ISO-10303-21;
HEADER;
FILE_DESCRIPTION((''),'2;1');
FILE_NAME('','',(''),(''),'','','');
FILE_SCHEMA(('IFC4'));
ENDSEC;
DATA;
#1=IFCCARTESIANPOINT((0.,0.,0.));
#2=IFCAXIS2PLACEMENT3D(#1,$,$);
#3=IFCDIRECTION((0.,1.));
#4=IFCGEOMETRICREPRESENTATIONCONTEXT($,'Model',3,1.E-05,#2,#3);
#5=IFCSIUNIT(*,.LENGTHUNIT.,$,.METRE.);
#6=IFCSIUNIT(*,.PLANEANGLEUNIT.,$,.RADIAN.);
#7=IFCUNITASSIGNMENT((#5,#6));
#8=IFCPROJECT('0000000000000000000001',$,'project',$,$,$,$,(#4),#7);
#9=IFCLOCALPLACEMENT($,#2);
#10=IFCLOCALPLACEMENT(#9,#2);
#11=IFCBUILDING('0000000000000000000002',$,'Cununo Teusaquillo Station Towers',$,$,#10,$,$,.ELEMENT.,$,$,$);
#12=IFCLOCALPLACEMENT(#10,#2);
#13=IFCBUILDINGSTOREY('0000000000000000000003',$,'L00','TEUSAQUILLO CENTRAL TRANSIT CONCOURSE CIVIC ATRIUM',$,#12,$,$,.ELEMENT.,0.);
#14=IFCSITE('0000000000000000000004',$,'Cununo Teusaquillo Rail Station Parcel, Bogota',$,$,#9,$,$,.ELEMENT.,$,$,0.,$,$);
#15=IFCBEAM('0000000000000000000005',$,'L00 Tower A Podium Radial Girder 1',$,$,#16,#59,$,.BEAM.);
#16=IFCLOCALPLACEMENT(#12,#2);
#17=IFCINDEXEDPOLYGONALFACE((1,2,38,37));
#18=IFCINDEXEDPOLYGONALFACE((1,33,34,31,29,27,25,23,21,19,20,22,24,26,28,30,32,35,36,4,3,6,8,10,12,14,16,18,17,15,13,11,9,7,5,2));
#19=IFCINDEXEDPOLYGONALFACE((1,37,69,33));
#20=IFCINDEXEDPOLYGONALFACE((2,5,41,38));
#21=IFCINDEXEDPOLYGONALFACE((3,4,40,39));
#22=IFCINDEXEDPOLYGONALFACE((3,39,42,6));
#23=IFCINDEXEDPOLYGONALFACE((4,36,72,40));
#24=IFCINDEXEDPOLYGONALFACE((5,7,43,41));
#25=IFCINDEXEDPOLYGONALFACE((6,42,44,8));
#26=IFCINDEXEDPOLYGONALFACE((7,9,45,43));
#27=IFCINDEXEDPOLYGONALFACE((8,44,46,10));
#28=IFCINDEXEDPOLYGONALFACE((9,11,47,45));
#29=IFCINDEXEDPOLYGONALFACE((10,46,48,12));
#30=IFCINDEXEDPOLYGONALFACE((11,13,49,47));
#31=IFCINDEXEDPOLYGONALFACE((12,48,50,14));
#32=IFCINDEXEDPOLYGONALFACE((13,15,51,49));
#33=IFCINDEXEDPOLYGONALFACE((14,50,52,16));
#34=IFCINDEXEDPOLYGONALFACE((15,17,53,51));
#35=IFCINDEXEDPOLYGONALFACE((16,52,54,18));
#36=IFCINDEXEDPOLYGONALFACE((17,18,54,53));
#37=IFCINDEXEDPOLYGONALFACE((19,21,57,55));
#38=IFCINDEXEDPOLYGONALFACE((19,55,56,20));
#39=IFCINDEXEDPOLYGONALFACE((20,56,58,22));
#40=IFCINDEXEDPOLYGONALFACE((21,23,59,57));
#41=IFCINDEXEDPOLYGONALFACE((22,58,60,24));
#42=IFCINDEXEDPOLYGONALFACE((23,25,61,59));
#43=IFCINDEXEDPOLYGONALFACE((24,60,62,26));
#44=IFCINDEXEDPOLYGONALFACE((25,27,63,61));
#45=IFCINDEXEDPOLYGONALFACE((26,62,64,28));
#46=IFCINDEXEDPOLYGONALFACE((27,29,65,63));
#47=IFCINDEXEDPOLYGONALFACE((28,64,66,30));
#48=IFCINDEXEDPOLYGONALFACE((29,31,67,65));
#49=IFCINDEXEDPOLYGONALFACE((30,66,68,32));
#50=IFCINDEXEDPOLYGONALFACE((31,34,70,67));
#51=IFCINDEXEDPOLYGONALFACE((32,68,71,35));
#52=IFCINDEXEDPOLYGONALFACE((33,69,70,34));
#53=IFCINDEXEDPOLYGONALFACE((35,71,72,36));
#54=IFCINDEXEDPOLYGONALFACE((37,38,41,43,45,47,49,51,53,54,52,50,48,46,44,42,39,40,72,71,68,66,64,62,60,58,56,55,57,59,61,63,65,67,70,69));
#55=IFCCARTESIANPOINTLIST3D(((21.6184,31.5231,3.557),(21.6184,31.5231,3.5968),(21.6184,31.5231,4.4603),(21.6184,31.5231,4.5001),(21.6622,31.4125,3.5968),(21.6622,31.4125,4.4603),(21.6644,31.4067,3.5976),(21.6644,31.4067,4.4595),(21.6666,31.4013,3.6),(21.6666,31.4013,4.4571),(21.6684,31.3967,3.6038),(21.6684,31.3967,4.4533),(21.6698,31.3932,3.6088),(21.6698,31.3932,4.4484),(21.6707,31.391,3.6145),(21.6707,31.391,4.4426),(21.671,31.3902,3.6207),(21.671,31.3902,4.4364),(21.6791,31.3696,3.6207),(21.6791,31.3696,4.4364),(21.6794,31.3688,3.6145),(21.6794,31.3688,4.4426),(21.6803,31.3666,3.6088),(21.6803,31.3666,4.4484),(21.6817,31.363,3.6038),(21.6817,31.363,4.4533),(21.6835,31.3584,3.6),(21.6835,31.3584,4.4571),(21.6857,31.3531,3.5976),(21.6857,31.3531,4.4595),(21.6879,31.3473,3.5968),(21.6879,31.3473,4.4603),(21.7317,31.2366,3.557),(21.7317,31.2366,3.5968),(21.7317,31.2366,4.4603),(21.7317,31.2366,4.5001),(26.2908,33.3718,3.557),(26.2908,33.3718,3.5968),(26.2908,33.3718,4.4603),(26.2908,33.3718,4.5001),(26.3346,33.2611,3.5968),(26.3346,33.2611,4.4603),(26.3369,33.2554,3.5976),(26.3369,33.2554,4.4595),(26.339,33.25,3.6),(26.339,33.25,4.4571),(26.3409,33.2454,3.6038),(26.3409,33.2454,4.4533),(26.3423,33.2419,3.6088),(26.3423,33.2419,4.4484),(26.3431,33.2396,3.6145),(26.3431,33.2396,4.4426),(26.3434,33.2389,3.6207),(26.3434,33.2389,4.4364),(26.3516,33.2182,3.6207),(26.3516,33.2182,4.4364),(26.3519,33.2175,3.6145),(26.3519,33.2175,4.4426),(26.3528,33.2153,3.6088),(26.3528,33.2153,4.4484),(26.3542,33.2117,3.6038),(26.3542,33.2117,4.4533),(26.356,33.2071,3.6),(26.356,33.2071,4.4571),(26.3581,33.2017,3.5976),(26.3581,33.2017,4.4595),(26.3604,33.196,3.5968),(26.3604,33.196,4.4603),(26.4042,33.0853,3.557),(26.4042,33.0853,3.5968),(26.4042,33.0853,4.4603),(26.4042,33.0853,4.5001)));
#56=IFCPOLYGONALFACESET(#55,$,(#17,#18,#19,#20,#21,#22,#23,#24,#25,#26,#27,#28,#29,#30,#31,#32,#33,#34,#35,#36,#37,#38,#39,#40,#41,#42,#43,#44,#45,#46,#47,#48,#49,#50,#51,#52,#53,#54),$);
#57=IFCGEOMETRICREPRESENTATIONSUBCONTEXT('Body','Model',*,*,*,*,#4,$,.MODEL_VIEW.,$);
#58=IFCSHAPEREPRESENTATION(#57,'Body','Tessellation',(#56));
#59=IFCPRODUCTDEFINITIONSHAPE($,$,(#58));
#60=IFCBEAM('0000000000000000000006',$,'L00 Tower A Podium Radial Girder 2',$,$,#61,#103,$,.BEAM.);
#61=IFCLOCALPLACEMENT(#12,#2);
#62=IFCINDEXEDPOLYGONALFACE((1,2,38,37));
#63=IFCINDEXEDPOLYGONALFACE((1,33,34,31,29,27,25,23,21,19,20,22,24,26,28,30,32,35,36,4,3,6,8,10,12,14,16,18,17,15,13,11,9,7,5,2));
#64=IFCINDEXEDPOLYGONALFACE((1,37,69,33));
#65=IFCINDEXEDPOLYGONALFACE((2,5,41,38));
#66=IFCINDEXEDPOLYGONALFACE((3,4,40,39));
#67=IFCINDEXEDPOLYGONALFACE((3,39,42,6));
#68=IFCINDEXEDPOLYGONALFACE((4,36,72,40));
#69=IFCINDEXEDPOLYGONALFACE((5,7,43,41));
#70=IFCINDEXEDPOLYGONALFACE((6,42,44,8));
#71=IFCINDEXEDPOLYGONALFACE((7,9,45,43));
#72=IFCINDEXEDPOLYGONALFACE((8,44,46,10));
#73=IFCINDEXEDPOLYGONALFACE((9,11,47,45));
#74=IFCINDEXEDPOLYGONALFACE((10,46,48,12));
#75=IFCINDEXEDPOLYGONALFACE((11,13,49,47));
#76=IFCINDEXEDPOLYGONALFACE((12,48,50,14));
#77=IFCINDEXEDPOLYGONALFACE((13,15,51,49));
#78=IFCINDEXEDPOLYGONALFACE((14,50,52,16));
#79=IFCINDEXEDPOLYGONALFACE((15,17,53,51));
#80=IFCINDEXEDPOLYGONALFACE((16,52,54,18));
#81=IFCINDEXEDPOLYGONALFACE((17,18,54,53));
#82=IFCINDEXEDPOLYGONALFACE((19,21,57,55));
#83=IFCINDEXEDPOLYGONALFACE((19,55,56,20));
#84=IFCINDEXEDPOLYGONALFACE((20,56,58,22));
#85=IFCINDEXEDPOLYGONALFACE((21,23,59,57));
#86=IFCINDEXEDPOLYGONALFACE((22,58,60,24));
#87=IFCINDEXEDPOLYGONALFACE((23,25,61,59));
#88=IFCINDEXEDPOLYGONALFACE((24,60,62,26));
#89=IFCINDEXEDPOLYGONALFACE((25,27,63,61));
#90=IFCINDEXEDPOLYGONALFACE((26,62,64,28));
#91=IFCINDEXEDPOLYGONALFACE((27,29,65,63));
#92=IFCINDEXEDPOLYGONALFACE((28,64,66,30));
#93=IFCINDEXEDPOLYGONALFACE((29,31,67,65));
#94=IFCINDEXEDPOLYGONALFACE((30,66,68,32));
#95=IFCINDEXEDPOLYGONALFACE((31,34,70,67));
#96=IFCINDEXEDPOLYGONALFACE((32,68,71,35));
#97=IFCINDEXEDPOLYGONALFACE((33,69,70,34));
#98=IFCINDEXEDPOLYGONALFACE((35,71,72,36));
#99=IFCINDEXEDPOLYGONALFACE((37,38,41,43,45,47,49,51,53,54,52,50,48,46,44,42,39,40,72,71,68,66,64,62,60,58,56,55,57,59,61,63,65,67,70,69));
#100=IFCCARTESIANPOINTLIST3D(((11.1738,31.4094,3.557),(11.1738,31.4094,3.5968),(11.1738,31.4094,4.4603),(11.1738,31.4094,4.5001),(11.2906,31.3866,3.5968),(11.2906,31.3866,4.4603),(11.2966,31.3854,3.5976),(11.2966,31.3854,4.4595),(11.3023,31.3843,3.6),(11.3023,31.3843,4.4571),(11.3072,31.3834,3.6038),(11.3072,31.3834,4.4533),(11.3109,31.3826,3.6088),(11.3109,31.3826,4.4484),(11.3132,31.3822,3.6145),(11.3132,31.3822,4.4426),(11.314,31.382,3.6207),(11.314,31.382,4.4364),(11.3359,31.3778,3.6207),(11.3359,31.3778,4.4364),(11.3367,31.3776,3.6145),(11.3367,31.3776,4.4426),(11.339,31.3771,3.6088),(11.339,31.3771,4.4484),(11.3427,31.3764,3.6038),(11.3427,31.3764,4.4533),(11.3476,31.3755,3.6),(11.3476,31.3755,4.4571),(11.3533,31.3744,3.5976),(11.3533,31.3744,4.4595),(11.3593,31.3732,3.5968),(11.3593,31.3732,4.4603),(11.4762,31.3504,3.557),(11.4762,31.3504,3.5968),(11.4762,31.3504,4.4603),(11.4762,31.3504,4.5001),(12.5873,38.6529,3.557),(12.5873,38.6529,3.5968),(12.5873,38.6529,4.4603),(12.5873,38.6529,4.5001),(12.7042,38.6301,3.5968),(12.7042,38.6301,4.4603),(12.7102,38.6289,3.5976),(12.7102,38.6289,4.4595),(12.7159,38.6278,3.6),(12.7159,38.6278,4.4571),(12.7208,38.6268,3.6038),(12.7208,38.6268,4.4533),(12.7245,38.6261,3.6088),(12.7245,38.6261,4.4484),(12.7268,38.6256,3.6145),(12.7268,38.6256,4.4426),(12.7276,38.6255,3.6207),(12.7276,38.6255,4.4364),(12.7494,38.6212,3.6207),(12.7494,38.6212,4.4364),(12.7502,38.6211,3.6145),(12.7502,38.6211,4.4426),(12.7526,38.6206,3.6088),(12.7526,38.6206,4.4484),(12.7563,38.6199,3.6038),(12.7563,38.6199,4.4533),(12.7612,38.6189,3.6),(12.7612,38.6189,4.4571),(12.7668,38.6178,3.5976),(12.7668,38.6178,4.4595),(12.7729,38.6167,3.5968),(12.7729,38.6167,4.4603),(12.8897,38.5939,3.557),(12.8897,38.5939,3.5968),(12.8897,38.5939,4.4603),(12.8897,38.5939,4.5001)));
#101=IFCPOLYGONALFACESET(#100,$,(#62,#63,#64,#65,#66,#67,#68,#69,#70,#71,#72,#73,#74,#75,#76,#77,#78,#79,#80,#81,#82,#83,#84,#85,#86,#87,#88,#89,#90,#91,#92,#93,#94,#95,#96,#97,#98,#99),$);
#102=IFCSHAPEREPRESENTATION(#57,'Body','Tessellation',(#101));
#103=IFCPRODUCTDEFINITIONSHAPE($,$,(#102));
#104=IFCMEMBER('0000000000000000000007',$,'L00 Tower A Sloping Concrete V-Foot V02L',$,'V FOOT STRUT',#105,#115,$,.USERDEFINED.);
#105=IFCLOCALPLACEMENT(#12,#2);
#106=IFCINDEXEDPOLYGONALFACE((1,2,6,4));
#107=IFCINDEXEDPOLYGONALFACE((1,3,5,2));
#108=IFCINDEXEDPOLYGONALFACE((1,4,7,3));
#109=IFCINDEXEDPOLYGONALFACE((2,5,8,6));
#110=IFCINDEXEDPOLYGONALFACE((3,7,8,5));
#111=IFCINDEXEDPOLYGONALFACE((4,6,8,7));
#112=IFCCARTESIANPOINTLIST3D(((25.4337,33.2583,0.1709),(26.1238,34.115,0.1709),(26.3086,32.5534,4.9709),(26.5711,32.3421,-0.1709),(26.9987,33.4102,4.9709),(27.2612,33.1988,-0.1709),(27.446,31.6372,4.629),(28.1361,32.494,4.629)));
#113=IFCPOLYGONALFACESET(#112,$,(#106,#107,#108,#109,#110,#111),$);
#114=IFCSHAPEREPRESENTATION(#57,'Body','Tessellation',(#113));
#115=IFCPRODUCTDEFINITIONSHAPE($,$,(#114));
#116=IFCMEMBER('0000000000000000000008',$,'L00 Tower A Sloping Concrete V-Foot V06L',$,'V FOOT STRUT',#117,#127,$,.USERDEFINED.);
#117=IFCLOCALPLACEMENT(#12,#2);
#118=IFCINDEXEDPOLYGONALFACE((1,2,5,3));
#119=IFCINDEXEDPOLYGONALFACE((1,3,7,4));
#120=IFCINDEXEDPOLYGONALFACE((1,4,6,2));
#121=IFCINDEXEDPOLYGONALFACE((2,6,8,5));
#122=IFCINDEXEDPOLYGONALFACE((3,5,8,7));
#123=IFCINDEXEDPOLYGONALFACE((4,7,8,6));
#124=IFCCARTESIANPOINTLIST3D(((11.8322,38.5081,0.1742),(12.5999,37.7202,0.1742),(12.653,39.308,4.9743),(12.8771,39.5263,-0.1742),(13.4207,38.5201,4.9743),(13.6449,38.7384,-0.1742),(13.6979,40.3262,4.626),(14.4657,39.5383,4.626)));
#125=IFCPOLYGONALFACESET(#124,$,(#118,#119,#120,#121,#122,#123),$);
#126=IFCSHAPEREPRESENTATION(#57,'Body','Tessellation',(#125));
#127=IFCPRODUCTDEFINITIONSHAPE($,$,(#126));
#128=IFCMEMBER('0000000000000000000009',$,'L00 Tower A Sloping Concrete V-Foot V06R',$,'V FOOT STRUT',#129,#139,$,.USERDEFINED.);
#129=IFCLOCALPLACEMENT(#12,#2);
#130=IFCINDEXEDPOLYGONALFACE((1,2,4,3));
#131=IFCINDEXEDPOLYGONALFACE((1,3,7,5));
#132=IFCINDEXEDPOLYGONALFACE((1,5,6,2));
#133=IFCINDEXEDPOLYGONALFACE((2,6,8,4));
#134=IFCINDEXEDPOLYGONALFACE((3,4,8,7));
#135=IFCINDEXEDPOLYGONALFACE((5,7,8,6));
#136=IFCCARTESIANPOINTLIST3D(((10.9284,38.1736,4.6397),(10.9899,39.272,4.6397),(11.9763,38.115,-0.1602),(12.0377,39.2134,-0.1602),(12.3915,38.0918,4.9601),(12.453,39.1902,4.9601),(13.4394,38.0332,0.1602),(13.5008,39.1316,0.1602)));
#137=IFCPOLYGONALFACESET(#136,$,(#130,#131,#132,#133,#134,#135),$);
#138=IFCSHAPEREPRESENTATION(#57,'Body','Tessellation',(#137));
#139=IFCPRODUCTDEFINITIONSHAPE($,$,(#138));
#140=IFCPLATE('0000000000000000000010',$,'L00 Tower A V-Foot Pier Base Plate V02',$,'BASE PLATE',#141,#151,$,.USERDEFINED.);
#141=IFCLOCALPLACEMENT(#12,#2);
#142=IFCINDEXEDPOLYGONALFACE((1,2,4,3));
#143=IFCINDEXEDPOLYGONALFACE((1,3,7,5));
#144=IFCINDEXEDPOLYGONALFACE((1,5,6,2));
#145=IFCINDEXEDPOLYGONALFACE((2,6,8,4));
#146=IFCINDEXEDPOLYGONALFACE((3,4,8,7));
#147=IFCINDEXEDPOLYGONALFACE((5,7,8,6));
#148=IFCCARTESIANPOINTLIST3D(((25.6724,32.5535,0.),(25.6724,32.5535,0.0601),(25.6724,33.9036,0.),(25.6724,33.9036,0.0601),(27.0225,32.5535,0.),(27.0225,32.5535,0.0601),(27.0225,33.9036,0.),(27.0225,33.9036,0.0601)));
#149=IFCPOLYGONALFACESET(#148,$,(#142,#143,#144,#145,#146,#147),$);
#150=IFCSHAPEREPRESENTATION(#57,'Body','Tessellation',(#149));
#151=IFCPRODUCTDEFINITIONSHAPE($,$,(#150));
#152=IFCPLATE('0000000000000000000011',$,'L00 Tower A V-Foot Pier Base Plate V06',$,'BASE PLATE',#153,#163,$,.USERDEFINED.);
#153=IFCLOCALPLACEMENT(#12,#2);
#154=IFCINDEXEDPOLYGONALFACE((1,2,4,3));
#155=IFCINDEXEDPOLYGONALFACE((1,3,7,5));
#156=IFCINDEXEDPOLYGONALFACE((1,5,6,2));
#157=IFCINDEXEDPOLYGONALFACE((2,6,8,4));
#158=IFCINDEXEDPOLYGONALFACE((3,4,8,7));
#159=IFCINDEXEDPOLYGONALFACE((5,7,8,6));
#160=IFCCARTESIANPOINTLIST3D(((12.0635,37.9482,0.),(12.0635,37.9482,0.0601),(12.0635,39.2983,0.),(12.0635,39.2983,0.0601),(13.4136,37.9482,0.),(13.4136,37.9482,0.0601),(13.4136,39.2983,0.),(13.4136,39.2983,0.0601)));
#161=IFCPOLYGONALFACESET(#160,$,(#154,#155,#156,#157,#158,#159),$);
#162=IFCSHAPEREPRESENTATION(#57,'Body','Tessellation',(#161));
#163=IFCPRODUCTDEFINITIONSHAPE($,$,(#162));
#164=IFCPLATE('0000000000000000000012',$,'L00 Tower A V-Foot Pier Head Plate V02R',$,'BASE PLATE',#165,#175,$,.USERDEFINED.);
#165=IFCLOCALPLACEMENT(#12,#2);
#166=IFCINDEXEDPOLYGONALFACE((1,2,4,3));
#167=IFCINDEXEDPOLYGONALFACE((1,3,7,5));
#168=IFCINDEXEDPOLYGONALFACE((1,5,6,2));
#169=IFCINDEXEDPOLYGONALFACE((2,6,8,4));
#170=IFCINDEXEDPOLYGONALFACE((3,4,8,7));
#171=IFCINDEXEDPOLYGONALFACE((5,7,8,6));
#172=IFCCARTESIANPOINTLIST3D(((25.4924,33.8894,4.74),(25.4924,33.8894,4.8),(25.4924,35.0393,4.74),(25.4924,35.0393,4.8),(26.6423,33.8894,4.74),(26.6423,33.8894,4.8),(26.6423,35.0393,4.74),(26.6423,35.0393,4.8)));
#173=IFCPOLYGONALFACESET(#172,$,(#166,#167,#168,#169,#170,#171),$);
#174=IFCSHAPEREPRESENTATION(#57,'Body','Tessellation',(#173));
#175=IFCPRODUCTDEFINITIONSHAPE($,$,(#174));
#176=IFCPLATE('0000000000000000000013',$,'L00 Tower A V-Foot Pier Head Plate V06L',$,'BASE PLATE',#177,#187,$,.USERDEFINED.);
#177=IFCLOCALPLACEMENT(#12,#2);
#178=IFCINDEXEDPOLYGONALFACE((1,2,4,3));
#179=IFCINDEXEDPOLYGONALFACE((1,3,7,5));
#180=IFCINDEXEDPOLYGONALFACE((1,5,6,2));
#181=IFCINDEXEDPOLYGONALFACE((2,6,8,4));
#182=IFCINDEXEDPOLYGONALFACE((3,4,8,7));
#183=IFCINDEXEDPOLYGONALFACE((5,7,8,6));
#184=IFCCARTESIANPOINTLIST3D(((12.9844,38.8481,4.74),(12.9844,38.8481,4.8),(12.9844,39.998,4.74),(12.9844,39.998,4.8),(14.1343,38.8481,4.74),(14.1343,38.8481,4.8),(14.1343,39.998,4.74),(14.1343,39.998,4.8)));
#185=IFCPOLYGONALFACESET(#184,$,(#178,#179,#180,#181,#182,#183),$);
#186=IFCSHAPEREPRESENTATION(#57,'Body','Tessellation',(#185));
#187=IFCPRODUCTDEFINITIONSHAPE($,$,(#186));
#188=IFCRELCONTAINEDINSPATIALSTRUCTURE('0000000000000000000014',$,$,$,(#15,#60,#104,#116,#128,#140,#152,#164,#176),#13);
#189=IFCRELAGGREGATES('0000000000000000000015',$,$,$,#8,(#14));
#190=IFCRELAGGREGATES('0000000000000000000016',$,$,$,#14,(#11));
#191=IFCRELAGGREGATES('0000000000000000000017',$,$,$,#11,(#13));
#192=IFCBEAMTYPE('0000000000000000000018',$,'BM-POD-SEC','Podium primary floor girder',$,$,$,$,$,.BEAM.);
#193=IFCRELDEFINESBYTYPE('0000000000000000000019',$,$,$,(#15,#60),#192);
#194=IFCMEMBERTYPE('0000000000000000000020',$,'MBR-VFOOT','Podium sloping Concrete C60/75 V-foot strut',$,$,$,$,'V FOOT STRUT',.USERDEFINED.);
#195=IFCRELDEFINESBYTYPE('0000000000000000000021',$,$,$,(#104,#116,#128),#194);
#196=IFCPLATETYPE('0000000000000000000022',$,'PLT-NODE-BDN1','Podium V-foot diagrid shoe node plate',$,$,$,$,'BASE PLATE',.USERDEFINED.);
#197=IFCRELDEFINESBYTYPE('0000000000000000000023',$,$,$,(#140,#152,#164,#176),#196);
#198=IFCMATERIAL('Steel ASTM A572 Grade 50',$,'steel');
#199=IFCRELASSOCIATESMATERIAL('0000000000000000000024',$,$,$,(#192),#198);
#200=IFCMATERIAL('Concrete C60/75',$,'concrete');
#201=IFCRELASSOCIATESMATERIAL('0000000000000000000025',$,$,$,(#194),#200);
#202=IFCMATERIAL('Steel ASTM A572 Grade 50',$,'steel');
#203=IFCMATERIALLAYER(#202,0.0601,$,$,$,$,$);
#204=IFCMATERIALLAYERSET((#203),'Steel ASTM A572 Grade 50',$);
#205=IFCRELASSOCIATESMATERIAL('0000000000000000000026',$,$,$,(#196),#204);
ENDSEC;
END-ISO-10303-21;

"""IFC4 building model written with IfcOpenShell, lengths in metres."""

from ifc_helpers import new_model, si_unit, direction, frame, origin, origin_2d, place, context, subcontext, project, spatial, rectangle, i_section, extrude, source, transform, mapped, material, layer, layer_set, material_profile, profile_set, type_object, element, save


model = new_model("IFC4")

# Units and contexts
model_context = context("Model", 3, precision=1e-05, world=origin(), true_north=direction((0.0, 1.0)))
body_context = subcontext(model_context, "Body", "Model", "MODEL_VIEW")
ifc_project = project(units=[si_unit("LENGTHUNIT", "METRE"), si_unit("PLANEANGLEUNIT", "RADIAN")], contexts=[model_context])

# Site, building, storey
site_placement = place(None, origin())
site = spatial("IfcSite", under=ifc_project, at=site_placement, Name="Cununo Teusaquillo Rail Station Parcel, Bogota", CompositionType="ELEMENT", RefElevation=0.0)
building_placement = place(site_placement, origin())
building = spatial("IfcBuilding", under=site, at=building_placement, Name="Cununo Teusaquillo Station Towers", CompositionType="ELEMENT")
storey_placement = place(building_placement, origin())
storey = spatial("IfcBuildingStorey", under=building, at=storey_placement, Name="L00", Description="TEUSAQUILLO CENTRAL TRANSIT CONCOURSE CIVIC ATRIUM", CompositionType="ELEMENT", Elevation=0.0)

# Beams
ifc_material_1 = material(Name="Steel ASTM A572 Grade 50", Category="steel")
ifc_material_profile_1 = material_profile(ifc_material_1, i_section(OverallWidth=0.3081, OverallDepth=0.9431, WebThickness=0.0222, FlangeThickness=0.0398, FilletRadius=0.0239, at=origin_2d()), Name="W36X232")
ifc_profile_set_1 = profile_set([ifc_material_profile_1], Name="Steel ASTM A572 Grade 50")
beam_type = type_object("IfcBeamType", Name="BM-POD-SEC", Description="Podium primary floor girder", PredefinedType="BEAM", material=ifc_profile_set_1)
beam_1_placement = place(storey_placement, frame((21.675, 31.3799, 4.0286), z_axis=(0.929864, 0.367903, 0.0), x_axis=(-0.367903, 0.929864, 0.0)))
element("IfcBeam", 1, at=beam_1_placement, inside=storey, type_object=beam_type, Name="L00 Tower A Podium Radial Girder 1", PredefinedType="BEAM", context=body_context, shape_type="SweptSolid", body=[
    extrude(i_section(OverallWidth=0.3081, OverallDepth=0.9431, WebThickness=0.0222, FlangeThickness=0.0398, FilletRadius=0.0239, at=origin_2d()), origin(), (0.0, 0.0, 1.0), 5.0249),
])
beam_2_placement = place(storey_placement, frame((11.325, 31.3799, 4.0286), z_axis=(0.19154, 0.981485, 0.0), x_axis=(-0.981485, 0.19154, 0.0)))
element("IfcBeam", 2, at=beam_2_placement, inside=storey, type_object=beam_type, Name="L00 Tower A Podium Radial Girder 2", PredefinedType="BEAM", context=body_context, shape_type="SweptSolid", body=[
    extrude(i_section(OverallWidth=0.3081, OverallDepth=0.9431, WebThickness=0.0222, FlangeThickness=0.0398, FilletRadius=0.0239, at=origin_2d()), origin(), (0.0, 0.0, 1.0), 7.3801),
])

# Members
ifc_material_2 = material(Name="Concrete C60/75", Category="concrete")
ifc_material_profile_2 = material_profile(ifc_material_2, rectangle(XDim=1.1001, YDim=1.5, at=origin_2d()), Name="RC-RECT-1500x1100")
ifc_profile_set_2 = profile_set([ifc_material_profile_2], Name="Concrete C60/75")
member_type = type_object("IfcMemberType", Name="MBR-VFOOT", Description="Podium sloping Concrete C60/75 V-foot strut", ElementType="V FOOT STRUT", PredefinedType="USERDEFINED", material=ifc_profile_set_2)
member_1_placement = place(storey_placement, frame((26.3474, 33.2285, 0.0), z_axis=(0.177492, -0.142974, 0.973681), x_axis=(0.627315, 0.778766, 0.0)))
element("IfcMember", 3, at=member_1_placement, inside=storey, type_object=member_type, Name="L00 Tower A Sloping Concrete V-Foot V02L", ObjectType="V FOOT STRUT", PredefinedType="USERDEFINED", context=body_context, shape_type="SweptSolid", body=[
    extrude(rectangle(XDim=1.1001, YDim=1.5, at=origin_2d()), origin(), (0.0, 0.0, 1.0), 4.9297),
])
member_2_placement = place(storey_placement, frame((12.7385, 38.6233, 0.0), z_axis=(0.166324, 0.162069, 0.972661), x_axis=(-0.697887, 0.716208, 0.0)))
element("IfcMember", 4, at=member_2_placement, inside=storey, type_object=member_type, Name="L00 Tower A Sloping Concrete V-Foot V06L", ObjectType="V FOOT STRUT", PredefinedType="USERDEFINED", context=body_context, shape_type="SweptSolid", body=[
    extrude(rectangle(XDim=1.1001, YDim=1.5, at=origin_2d()), origin(), (0.0, 0.0, 1.0), 4.9351),
])
member_3_placement = place(storey_placement, frame((12.7385, 38.6233, 0.0), z_axis=(-0.213262, 0.011925, 0.976922), x_axis=(-0.055831, -0.99844, 0.0)))
element("IfcMember", 5, at=member_3_placement, inside=storey, type_object=member_type, Name="L00 Tower A Sloping Concrete V-Foot V06R", ObjectType="V FOOT STRUT", PredefinedType="USERDEFINED", context=body_context, shape_type="SweptSolid", body=[
    extrude(rectangle(XDim=1.1001, YDim=1.5, at=origin_2d()), origin(), (0.0, 0.0, 1.0), 4.9133),
])

# Plates
ifc_material_3 = material(Name="Steel ASTM A572 Grade 50", Category="steel")
ifc_layer_1 = layer(ifc_material_3, 0.0601)
ifc_layer_set_1 = layer_set([ifc_layer_1], Name="Steel ASTM A572 Grade 50")
plate_type = type_object("IfcPlateType", Name="PLT-NODE-BDN1", Description="Podium V-foot diagrid shoe node plate", ElementType="BASE PLATE", PredefinedType="USERDEFINED", material=ifc_layer_set_1)
shared_shape_1 = source(origin(), body_context, "Body", "SweptSolid", [
    extrude(rectangle(XDim=1.3501, YDim=1.3501, at=origin_2d()), origin(), (0.0, 0.0, 1.0), 0.0601),
])
for number, where, z_axis, x_axis, name in (
    (6, (26.3474, 33.2285, 0.0), (0.0, 0.0, 1.0), (1.0, 0.0, 0.0), "L00 Tower A V-Foot Pier Base Plate V02"),
    (7, (12.7385, 38.6233, 0.0), (0.0, 0.0, 1.0), (1.0, 0.0, 0.0), "L00 Tower A V-Foot Pier Base Plate V06"),
):
    element("IfcPlate", number, at=place(storey_placement, frame(where, z_axis=z_axis, x_axis=x_axis)), inside=storey, type_object=plate_type, Name=name, ObjectType="BASE PLATE", PredefinedType="USERDEFINED", context=body_context, shape_type="MappedRepresentation", body=[
        mapped(shared_shape_1, transform((0.0, 0.0, 0.0), x_axis=(1.0, 0.0, 0.0), y_axis=(0.0, 1.0, 0.0), z_axis=(0.0, 0.0, 1.0), scale=1.0)),
    ])
shared_shape_2 = source(origin(), body_context, "Body", "SweptSolid", [
    extrude(rectangle(XDim=1.1499, YDim=1.1499, at=origin_2d()), origin(), (0.0, 0.0, 1.0), 0.0601),
])
for number, where, z_axis, x_axis, name in (
    (8, (26.0674, 34.4644, 4.74), (0.0, 0.0, 1.0), (1.0, 0.0, 0.0), "L00 Tower A V-Foot Pier Head Plate V02R"),
    (9, (13.5593, 39.4231, 4.74), (0.0, 0.0, 1.0), (1.0, 0.0, 0.0), "L00 Tower A V-Foot Pier Head Plate V06L"),
):
    element("IfcPlate", number, at=place(storey_placement, frame(where, z_axis=z_axis, x_axis=x_axis)), inside=storey, type_object=plate_type, Name=name, ObjectType="BASE PLATE", PredefinedType="USERDEFINED", context=body_context, shape_type="MappedRepresentation", body=[
        mapped(shared_shape_2, transform((0.0, 0.0, 0.0), x_axis=(1.0, 0.0, 0.0), y_axis=(0.0, 1.0, 0.0), z_axis=(0.0, 0.0, 1.0), scale=1.0)),
    ])

save(model, "model.ifc")
